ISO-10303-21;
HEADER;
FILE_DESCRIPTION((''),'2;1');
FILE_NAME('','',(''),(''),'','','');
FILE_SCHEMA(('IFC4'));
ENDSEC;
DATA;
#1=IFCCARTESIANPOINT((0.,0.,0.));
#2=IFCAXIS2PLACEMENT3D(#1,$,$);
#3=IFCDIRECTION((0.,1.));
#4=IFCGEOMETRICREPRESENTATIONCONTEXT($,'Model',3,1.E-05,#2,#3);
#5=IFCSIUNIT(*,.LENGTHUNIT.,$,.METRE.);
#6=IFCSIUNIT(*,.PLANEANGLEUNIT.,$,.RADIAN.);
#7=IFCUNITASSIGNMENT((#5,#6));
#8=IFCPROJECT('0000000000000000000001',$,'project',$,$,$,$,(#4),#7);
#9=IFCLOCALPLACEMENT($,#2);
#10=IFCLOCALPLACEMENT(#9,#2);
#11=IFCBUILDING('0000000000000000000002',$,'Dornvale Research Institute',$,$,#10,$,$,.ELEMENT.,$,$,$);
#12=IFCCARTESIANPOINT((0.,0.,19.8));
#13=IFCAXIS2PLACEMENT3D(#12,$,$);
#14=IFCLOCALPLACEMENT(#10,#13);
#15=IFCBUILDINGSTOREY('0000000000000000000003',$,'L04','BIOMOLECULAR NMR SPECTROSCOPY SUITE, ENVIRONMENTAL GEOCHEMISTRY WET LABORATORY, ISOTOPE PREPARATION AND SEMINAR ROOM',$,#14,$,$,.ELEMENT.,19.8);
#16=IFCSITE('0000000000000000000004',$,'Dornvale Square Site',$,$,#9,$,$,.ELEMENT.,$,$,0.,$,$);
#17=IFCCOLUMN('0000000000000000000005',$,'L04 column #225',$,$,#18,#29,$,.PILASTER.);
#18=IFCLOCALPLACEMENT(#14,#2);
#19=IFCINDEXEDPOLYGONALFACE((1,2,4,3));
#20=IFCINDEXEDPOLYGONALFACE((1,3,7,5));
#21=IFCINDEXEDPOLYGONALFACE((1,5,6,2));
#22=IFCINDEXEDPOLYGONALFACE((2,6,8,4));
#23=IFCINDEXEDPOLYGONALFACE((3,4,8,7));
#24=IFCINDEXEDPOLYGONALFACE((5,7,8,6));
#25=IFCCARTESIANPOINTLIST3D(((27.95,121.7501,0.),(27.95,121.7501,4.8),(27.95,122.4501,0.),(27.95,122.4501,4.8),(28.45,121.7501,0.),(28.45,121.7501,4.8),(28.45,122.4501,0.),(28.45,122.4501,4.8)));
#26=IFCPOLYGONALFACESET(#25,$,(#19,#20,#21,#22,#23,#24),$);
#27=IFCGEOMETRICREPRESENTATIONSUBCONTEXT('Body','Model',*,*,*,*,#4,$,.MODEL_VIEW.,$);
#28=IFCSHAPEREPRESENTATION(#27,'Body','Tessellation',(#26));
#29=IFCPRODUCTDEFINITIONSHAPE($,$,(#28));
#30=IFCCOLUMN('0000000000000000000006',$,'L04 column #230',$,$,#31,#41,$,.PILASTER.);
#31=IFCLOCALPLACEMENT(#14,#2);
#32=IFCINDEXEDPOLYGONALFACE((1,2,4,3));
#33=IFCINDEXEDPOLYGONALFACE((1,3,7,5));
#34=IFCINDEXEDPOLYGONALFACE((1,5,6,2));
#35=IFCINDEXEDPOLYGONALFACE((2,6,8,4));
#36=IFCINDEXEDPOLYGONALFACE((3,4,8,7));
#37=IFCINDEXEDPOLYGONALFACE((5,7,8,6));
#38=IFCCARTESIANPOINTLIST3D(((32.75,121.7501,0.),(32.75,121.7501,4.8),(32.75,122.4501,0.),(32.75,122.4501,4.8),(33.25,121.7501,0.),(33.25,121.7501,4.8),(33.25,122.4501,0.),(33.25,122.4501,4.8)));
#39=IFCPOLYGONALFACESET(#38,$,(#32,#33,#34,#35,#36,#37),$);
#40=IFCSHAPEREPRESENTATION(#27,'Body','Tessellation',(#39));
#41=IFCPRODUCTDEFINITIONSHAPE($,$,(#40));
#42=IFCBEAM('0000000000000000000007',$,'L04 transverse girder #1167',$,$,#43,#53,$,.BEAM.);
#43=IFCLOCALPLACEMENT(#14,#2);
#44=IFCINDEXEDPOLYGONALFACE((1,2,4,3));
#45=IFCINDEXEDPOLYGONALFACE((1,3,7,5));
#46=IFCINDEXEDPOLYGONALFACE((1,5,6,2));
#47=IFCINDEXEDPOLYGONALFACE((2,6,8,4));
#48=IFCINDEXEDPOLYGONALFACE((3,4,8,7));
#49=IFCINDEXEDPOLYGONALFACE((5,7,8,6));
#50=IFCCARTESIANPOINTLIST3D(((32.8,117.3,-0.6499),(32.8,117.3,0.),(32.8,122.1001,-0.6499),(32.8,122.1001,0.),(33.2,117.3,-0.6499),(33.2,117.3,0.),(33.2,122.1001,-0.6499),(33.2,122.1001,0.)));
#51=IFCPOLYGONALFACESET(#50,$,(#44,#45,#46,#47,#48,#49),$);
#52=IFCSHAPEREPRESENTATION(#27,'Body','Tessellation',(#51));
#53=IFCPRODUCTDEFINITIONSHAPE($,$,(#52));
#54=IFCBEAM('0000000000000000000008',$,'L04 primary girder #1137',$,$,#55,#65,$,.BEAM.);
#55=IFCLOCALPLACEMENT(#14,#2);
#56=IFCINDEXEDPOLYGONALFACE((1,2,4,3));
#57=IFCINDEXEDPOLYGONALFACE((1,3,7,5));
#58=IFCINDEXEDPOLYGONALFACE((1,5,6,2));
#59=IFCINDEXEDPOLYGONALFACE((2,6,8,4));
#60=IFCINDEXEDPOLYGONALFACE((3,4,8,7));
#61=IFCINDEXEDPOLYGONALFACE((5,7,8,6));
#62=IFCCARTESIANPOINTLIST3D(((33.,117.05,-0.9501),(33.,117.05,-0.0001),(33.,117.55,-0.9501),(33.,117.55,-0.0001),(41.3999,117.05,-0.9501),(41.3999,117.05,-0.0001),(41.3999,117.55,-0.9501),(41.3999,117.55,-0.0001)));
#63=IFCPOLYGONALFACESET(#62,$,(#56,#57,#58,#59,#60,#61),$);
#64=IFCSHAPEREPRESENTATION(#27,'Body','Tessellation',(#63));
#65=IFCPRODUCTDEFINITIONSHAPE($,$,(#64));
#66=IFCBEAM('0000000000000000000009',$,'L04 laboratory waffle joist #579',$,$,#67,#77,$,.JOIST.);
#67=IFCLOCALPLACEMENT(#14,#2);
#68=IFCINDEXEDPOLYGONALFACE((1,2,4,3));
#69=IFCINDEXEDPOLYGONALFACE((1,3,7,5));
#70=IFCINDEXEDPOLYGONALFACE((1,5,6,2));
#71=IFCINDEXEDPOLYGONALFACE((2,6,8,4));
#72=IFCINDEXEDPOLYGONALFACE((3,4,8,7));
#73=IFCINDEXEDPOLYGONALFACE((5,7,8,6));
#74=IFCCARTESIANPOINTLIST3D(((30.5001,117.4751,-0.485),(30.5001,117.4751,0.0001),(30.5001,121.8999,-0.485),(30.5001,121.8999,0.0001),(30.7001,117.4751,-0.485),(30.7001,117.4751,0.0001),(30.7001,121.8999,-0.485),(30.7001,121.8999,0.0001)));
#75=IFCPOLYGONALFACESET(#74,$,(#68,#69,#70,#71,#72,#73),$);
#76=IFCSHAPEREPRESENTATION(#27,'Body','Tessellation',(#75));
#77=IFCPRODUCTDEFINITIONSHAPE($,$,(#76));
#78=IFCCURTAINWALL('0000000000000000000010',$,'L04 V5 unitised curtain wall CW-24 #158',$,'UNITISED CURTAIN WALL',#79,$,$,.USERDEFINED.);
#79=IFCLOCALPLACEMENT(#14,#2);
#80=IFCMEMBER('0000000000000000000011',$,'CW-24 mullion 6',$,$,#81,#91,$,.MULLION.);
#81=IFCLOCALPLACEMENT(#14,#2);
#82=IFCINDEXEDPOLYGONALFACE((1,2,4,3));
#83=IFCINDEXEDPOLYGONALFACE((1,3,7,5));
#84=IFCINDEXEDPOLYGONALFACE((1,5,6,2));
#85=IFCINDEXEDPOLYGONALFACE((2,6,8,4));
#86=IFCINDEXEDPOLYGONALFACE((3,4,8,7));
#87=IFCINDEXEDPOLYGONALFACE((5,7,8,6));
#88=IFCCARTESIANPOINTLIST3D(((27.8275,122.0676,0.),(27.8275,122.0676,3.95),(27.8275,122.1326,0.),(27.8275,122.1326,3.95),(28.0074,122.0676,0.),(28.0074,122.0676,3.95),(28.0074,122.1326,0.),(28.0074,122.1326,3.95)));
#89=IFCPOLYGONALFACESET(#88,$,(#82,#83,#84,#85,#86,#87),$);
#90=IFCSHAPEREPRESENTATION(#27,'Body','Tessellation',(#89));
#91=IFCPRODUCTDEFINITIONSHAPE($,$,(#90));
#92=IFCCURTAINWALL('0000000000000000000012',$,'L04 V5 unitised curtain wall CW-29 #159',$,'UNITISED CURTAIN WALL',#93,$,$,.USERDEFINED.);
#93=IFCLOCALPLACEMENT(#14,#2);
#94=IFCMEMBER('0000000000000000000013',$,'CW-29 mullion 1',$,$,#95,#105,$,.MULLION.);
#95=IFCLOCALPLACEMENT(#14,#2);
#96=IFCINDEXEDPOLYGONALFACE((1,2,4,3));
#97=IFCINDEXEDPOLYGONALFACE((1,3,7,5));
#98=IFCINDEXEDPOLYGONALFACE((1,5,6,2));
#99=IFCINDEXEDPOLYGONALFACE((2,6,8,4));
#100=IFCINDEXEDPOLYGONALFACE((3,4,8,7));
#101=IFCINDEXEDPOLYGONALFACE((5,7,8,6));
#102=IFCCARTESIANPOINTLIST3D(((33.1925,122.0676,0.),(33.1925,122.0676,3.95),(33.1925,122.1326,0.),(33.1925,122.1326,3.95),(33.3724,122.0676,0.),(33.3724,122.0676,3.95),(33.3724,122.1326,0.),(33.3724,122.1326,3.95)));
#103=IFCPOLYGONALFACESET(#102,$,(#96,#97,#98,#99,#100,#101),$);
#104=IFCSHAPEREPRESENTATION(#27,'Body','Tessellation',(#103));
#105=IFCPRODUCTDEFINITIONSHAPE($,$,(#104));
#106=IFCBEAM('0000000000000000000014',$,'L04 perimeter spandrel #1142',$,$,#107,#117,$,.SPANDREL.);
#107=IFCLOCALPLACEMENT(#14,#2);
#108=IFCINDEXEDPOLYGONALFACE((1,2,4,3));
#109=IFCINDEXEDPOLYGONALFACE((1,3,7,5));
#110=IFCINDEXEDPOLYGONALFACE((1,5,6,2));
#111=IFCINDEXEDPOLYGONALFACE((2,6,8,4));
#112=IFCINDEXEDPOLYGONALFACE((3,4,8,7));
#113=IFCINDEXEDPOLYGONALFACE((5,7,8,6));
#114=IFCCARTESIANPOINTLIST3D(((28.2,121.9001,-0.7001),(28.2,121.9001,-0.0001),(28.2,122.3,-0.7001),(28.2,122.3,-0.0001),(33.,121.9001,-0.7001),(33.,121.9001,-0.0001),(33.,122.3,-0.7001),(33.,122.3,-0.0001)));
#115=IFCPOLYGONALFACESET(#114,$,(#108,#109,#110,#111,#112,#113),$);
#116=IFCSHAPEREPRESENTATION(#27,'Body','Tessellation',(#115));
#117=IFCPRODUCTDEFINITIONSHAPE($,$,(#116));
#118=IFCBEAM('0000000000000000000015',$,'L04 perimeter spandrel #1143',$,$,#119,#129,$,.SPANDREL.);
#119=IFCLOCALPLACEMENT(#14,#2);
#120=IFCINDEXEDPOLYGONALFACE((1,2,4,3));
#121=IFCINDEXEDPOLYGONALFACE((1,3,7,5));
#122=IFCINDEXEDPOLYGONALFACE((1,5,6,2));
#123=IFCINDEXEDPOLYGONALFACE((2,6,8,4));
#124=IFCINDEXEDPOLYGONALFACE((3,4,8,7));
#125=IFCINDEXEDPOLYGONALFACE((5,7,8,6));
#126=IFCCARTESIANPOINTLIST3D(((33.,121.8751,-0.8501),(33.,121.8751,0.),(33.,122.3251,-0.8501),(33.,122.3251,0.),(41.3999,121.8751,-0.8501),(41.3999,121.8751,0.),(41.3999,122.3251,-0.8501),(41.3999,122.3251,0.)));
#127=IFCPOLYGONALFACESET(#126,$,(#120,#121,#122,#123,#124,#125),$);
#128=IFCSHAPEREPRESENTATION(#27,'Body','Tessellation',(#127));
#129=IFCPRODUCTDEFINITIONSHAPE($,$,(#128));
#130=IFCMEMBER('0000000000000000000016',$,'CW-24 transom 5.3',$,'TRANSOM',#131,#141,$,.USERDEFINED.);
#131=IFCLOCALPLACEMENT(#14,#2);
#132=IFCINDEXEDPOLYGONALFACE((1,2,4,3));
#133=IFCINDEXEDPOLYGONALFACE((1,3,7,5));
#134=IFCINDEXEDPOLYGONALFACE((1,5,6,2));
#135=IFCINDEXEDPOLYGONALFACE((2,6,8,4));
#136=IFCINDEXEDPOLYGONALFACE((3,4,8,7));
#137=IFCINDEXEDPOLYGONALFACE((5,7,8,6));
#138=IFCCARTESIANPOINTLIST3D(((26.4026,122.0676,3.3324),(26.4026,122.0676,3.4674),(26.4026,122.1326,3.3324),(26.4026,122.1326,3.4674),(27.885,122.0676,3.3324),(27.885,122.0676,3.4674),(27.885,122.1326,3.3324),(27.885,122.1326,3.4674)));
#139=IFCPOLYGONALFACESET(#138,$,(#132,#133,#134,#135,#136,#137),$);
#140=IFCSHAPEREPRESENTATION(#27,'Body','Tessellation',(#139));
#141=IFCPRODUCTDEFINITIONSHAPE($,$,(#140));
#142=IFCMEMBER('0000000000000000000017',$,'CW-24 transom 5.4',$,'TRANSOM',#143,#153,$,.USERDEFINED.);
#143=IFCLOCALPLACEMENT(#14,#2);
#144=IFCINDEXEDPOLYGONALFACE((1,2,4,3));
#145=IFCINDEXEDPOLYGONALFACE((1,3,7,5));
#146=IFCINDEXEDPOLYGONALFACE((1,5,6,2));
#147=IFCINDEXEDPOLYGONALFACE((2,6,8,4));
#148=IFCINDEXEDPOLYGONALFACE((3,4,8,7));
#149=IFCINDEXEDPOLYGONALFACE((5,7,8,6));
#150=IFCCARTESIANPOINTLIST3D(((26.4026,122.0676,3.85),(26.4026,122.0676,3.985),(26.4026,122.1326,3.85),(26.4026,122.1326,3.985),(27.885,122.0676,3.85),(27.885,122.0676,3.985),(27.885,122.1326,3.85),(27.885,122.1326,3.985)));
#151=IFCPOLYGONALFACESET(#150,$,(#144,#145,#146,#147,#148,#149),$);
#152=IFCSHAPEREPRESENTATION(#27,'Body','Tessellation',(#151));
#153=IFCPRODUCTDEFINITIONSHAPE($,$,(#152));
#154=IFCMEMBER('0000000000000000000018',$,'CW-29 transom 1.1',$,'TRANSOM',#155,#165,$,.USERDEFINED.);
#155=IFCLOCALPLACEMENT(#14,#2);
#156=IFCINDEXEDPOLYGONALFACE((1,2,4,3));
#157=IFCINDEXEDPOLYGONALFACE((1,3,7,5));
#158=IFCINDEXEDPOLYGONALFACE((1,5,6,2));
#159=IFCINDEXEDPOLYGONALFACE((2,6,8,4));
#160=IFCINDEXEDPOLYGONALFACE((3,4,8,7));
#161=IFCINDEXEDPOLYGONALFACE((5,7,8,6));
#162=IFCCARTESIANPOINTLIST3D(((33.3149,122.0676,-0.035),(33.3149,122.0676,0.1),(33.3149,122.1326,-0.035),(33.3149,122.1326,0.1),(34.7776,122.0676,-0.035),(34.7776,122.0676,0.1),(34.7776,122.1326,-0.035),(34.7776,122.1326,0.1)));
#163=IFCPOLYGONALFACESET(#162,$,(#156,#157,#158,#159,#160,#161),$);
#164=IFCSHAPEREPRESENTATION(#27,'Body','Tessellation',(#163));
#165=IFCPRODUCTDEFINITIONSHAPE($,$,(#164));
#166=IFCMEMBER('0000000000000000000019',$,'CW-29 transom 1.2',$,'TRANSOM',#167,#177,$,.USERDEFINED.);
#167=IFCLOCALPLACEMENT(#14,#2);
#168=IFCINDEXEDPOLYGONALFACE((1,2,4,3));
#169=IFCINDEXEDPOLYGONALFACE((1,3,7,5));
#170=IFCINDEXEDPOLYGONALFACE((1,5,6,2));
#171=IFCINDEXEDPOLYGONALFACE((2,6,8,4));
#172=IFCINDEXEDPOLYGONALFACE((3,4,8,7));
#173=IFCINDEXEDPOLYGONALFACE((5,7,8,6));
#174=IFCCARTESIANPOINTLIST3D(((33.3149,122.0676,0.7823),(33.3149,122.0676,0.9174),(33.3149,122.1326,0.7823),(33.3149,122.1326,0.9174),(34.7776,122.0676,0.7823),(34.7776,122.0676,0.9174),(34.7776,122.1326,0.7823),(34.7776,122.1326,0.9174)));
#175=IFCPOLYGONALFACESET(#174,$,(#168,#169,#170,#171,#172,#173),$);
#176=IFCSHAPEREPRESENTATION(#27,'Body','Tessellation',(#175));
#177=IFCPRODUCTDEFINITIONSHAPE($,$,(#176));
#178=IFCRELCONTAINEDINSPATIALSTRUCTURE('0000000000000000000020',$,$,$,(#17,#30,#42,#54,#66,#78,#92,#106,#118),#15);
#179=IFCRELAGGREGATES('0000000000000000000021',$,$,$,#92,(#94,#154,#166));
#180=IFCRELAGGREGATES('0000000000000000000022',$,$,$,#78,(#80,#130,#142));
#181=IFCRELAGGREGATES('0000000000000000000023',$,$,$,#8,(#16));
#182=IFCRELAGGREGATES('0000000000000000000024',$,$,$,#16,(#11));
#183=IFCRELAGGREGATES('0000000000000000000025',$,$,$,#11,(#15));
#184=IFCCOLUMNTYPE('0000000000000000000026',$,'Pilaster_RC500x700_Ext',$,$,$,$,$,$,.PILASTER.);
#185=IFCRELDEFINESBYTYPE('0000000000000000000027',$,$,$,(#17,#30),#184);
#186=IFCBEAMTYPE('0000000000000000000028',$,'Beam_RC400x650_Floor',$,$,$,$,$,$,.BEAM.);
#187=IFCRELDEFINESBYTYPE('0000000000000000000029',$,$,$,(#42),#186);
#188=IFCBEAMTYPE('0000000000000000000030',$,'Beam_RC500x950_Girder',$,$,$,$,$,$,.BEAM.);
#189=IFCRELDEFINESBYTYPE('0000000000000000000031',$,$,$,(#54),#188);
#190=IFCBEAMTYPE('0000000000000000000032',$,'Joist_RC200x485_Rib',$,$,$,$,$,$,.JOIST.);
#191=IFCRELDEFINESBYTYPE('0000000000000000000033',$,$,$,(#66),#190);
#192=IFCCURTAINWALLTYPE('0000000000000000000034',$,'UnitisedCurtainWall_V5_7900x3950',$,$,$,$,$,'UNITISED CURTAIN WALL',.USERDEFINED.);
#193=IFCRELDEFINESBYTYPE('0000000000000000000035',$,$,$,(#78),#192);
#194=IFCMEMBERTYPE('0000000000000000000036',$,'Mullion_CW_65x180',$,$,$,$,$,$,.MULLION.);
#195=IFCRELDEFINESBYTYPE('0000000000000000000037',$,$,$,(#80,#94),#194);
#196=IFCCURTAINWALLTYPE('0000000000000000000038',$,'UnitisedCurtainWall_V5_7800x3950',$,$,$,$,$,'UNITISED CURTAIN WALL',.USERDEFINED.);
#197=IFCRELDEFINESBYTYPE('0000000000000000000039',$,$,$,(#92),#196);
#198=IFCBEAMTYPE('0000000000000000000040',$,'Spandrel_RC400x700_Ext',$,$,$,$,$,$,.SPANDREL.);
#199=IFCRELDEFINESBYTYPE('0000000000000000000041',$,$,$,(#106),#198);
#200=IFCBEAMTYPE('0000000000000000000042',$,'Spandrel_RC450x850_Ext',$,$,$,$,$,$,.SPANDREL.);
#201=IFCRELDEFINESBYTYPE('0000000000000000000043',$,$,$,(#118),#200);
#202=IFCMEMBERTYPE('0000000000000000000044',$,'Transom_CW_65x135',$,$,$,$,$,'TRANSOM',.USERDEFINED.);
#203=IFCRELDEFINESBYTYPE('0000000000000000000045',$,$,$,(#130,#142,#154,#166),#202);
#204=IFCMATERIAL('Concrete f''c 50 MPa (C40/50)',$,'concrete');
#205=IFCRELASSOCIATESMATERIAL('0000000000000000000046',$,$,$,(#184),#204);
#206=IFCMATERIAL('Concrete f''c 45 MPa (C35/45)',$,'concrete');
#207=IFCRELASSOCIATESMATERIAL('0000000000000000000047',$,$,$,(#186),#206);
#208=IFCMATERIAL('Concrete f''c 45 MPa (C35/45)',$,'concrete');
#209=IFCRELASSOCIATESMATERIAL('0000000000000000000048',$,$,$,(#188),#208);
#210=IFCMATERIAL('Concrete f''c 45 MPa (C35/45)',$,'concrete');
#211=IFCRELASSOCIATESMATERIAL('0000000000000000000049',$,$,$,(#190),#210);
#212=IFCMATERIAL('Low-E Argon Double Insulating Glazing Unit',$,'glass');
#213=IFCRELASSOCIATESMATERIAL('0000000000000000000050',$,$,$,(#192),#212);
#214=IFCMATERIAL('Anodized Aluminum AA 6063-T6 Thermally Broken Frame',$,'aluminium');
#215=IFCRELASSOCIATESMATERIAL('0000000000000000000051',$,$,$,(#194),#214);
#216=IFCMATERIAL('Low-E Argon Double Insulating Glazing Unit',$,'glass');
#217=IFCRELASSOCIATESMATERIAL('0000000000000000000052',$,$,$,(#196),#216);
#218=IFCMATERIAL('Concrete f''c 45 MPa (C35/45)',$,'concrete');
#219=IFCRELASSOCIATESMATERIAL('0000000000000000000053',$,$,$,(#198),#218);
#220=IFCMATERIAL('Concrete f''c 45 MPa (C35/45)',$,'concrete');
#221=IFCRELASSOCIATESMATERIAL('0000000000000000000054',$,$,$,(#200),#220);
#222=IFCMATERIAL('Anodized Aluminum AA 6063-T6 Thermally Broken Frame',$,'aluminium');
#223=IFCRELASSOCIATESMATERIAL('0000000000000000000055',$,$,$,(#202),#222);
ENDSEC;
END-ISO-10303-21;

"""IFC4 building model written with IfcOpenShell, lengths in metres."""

from ifc_helpers import new_model, si_unit, direction, frame, origin, origin_2d, place, context, subcontext, project, spatial, rectangle, extrude, material, material_profile, profile_set, type_object, element, aggregate, save


model = new_model("IFC4")

# Units and contexts
model_context = context("Model", 3, precision=1e-05, world=origin(), true_north=direction((0.0, 1.0)))
body_context = subcontext(model_context, "Body", "Model", "MODEL_VIEW")
ifc_project = project(units=[si_unit("LENGTHUNIT", "METRE"), si_unit("PLANEANGLEUNIT", "RADIAN")], contexts=[model_context])

# Site, building, storey
site_placement = place(None, origin())
site = spatial("IfcSite", under=ifc_project, at=site_placement, Name="Dornvale Square Site", CompositionType="ELEMENT", RefElevation=0.0)
building_placement = place(site_placement, origin())
building = spatial("IfcBuilding", under=site, at=building_placement, Name="Dornvale Research Institute", CompositionType="ELEMENT")
storey_placement = place(building_placement, frame((0.0, 0.0, 19.8)))
storey = spatial("IfcBuildingStorey", under=building, at=storey_placement, Name="L04", Description="BIOMOLECULAR NMR SPECTROSCOPY SUITE, ENVIRONMENTAL GEOCHEMISTRY WET LABORATORY, ISOTOPE PREPARATION AND SEMINAR ROOM", CompositionType="ELEMENT", Elevation=19.8)

# Columns
ifc_material_1 = material(Name="Concrete f'c 50 MPa (C40/50)", Category="concrete")
ifc_material_profile_1 = material_profile(ifc_material_1, rectangle(XDim=0.5, YDim=0.7, at=origin_2d()), Name="RC 500x700")
ifc_profile_set_1 = profile_set([ifc_material_profile_1], Name="Concrete f'c 50 MPa (C40/50)")
column_type = type_object("IfcColumnType", Name="Pilaster_RC500x700_Ext", PredefinedType="PILASTER", material=ifc_profile_set_1)
for number, where, z_axis, x_axis, name in (
    (1, (28.2, 122.1001, 0.0), (0.0, 0.0, 1.0), (1.0, 0.0, 0.0), "L04 column #225"),
    (2, (33.0, 122.1001, 0.0), (0.0, 0.0, 1.0), (1.0, 0.0, 0.0), "L04 column #230"),
):
    element("IfcColumn", number, at=place(storey_placement, frame(where, z_axis=z_axis, x_axis=x_axis)), inside=storey, type_object=column_type, Name=name, PredefinedType="PILASTER", context=body_context, shape_type="SweptSolid", body=[
        extrude(rectangle(XDim=0.5, YDim=0.7, at=origin_2d()), origin(), (0.0, 0.0, 1.0), 4.8),
    ])

# Beams
ifc_material_2 = material(Name="Concrete f'c 45 MPa (C35/45)", Category="concrete")
ifc_material_profile_2 = material_profile(ifc_material_2, rectangle(XDim=0.3999, YDim=0.6499, at=origin_2d()), Name="RC 400x650")
ifc_profile_set_2 = profile_set([ifc_material_profile_2], Name="Concrete f'c 45 MPa (C35/45)")
beam_type_1 = type_object("IfcBeamType", Name="Beam_RC400x650_Floor", PredefinedType="BEAM", material=ifc_profile_set_2)
beam_1_placement = place(storey_placement, frame((33.0, 117.3, -0.325), z_axis=(0.0, 1.0, 0.0), x_axis=(-1.0, 0.0, 0.0)))
element("IfcBeam", 3, at=beam_1_placement, inside=storey, type_object=beam_type_1, Name="L04 transverse girder #1167", PredefinedType="BEAM", context=body_context, shape_type="SweptSolid", body=[
    extrude(rectangle(XDim=0.3999, YDim=0.6499, at=origin_2d()), origin(), (0.0, 0.0, 1.0), 4.8),
])
ifc_material_3 = material(Name="Concrete f'c 45 MPa (C35/45)", Category="concrete")
ifc_material_profile_3 = material_profile(ifc_material_3, rectangle(XDim=0.5, YDim=0.95, at=origin_2d()), Name="RC 500x950")
ifc_profile_set_3 = profile_set([ifc_material_profile_3], Name="Concrete f'c 45 MPa (C35/45)")
beam_type_2 = type_object("IfcBeamType", Name="Beam_RC500x950_Girder", PredefinedType="BEAM", material=ifc_profile_set_3)
beam_2_placement = place(storey_placement, frame((33.0, 117.3, -0.4751), z_axis=(1.0, 0.0, 0.0), x_axis=(0.0, 1.0, 0.0)))
element("IfcBeam", 4, at=beam_2_placement, inside=storey, type_object=beam_type_2, Name="L04 primary girder #1137", PredefinedType="BEAM", context=body_context, shape_type="SweptSolid", body=[
    extrude(rectangle(XDim=0.5, YDim=0.95, at=origin_2d()), origin(), (0.0, 0.0, 1.0), 8.3999),
])
ifc_material_4 = material(Name="Concrete f'c 45 MPa (C35/45)", Category="concrete")
ifc_material_profile_4 = material_profile(ifc_material_4, rectangle(XDim=0.2, YDim=0.4851, at=origin_2d()), Name="RC 200x485")
ifc_profile_set_4 = profile_set([ifc_material_profile_4], Name="Concrete f'c 45 MPa (C35/45)")
beam_type_3 = type_object("IfcBeamType", Name="Joist_RC200x485_Rib", PredefinedType="JOIST", material=ifc_profile_set_4)
beam_3_placement = place(storey_placement, frame((30.6001, 117.4751, -0.2424), z_axis=(0.0, 1.0, 0.0), x_axis=(-1.0, 0.0, 0.0)))
element("IfcBeam", 5, at=beam_3_placement, inside=storey, type_object=beam_type_3, Name="L04 laboratory waffle joist #579", PredefinedType="JOIST", context=body_context, shape_type="SweptSolid", body=[
    extrude(rectangle(XDim=0.2, YDim=0.4851, at=origin_2d()), origin(), (0.0, 0.0, 1.0), 4.4248),
])

# Curtain walls, members
ifc_material_5 = material(Name="Low-E Argon Double Insulating Glazing Unit", Category="glass")
curtain_wall_type_1 = type_object("IfcCurtainWallType", Name="UnitisedCurtainWall_V5_7900x3950", ElementType="UNITISED CURTAIN WALL", PredefinedType="USERDEFINED", material=ifc_material_5)
curtain_wall_1_placement = place(storey_placement, origin())
curtain_wall_1 = element("IfcCurtainWall", 6, at=curtain_wall_1_placement, inside=storey, type_object=curtain_wall_type_1, Name="L04 V5 unitised curtain wall CW-24 #158", ObjectType="UNITISED CURTAIN WALL", PredefinedType="USERDEFINED")
ifc_material_6 = material(Name="Anodized Aluminum AA 6063-T6 Thermally Broken Frame", Category="aluminium")
ifc_material_profile_5 = material_profile(ifc_material_6, rectangle(XDim=0.0649, YDim=0.1799, at=origin_2d()), Name="ALU MULLION 65x180")
ifc_profile_set_5 = profile_set([ifc_material_profile_5], Name="Anodized Aluminum AA 6063-T6 Thermally Broken Frame")
member_type_1 = type_object("IfcMemberType", Name="Mullion_CW_65x180", PredefinedType="MULLION", material=ifc_profile_set_5)
member_1_placement = place(storey_placement, frame((27.9175, 122.1001, 0.0), z_axis=(0.0, 0.0, 1.0), x_axis=(0.0, 1.0, 0.0)))
member_1 = element("IfcMember", 7, at=member_1_placement, type_object=member_type_1, Name="CW-24 mullion 6", PredefinedType="MULLION", context=body_context, shape_type="SweptSolid", body=[
    extrude(rectangle(XDim=0.0649, YDim=0.1799, at=origin_2d()), origin(), (0.0, 0.0, 1.0), 3.95),
])
ifc_material_7 = material(Name="Low-E Argon Double Insulating Glazing Unit", Category="glass")
curtain_wall_type_2 = type_object("IfcCurtainWallType", Name="UnitisedCurtainWall_V5_7800x3950", ElementType="UNITISED CURTAIN WALL", PredefinedType="USERDEFINED", material=ifc_material_7)
curtain_wall_2_placement = place(storey_placement, origin())
curtain_wall_2 = element("IfcCurtainWall", 8, at=curtain_wall_2_placement, inside=storey, type_object=curtain_wall_type_2, Name="L04 V5 unitised curtain wall CW-29 #159", ObjectType="UNITISED CURTAIN WALL", PredefinedType="USERDEFINED")
member_2_placement = place(storey_placement, frame((33.2825, 122.1001, 0.0), z_axis=(0.0, 0.0, 1.0), x_axis=(0.0, 1.0, 0.0)))
member_2 = element("IfcMember", 9, at=member_2_placement, type_object=member_type_1, Name="CW-29 mullion 1", PredefinedType="MULLION", context=body_context, shape_type="SweptSolid", body=[
    extrude(rectangle(XDim=0.0649, YDim=0.1799, at=origin_2d()), origin(), (0.0, 0.0, 1.0), 3.95),
])

# Beams
ifc_material_8 = material(Name="Concrete f'c 45 MPa (C35/45)", Category="concrete")
ifc_material_profile_6 = material_profile(ifc_material_8, rectangle(XDim=0.3999, YDim=0.7, at=origin_2d()), Name="RC 400x700")
ifc_profile_set_6 = profile_set([ifc_material_profile_6], Name="Concrete f'c 45 MPa (C35/45)")
beam_type_4 = type_object("IfcBeamType", Name="Spandrel_RC400x700_Ext", PredefinedType="SPANDREL", material=ifc_profile_set_6)
beam_4_placement = place(storey_placement, frame((28.2, 122.1001, -0.3501), z_axis=(1.0, 0.0, 0.0), x_axis=(0.0, 1.0, 0.0)))
element("IfcBeam", 10, at=beam_4_placement, inside=storey, type_object=beam_type_4, Name="L04 perimeter spandrel #1142", PredefinedType="SPANDREL", context=body_context, shape_type="SweptSolid", body=[
    extrude(rectangle(XDim=0.3999, YDim=0.7, at=origin_2d()), origin(), (0.0, 0.0, 1.0), 4.8),
])
ifc_material_9 = material(Name="Concrete f'c 45 MPa (C35/45)", Category="concrete")
ifc_material_profile_7 = material_profile(ifc_material_9, rectangle(XDim=0.45, YDim=0.8501, at=origin_2d()), Name="RC 450x850")
ifc_profile_set_7 = profile_set([ifc_material_profile_7], Name="Concrete f'c 45 MPa (C35/45)")
beam_type_5 = type_object("IfcBeamType", Name="Spandrel_RC450x850_Ext", PredefinedType="SPANDREL", material=ifc_profile_set_7)
beam_5_placement = place(storey_placement, frame((33.0, 122.1001, -0.425), z_axis=(1.0, 0.0, 0.0), x_axis=(0.0, 1.0, 0.0)))
element("IfcBeam", 11, at=beam_5_placement, inside=storey, type_object=beam_type_5, Name="L04 perimeter spandrel #1143", PredefinedType="SPANDREL", context=body_context, shape_type="SweptSolid", body=[
    extrude(rectangle(XDim=0.45, YDim=0.8501, at=origin_2d()), origin(), (0.0, 0.0, 1.0), 8.3999),
])

# Members
ifc_material_10 = material(Name="Anodized Aluminum AA 6063-T6 Thermally Broken Frame", Category="aluminium")
ifc_material_profile_8 = material_profile(ifc_material_10, rectangle(XDim=0.0649, YDim=0.135, at=origin_2d()), Name="ALU TRANSOM 65x135")
ifc_profile_set_8 = profile_set([ifc_material_profile_8], Name="Anodized Aluminum AA 6063-T6 Thermally Broken Frame")
member_type_2 = type_object("IfcMemberType", Name="Transom_CW_65x135", ElementType="TRANSOM", PredefinedType="USERDEFINED", material=ifc_profile_set_8)
member_3_placement = place(storey_placement, frame((26.4026, 122.1001, 3.3999), z_axis=(1.0, 0.0, 0.0), x_axis=(0.0, 1.0, 0.0)))
member_3 = element("IfcMember", 12, at=member_3_placement, type_object=member_type_2, Name="CW-24 transom 5.3", ObjectType="TRANSOM", PredefinedType="USERDEFINED", context=body_context, shape_type="SweptSolid", body=[
    extrude(rectangle(XDim=0.0649, YDim=0.135, at=origin_2d()), origin(), (0.0, 0.0, 1.0), 1.4824),
])
member_4_placement = place(storey_placement, frame((26.4026, 122.1001, 3.9175), z_axis=(1.0, 0.0, 0.0), x_axis=(0.0, 1.0, 0.0)))
member_4 = element("IfcMember", 13, at=member_4_placement, type_object=member_type_2, Name="CW-24 transom 5.4", ObjectType="TRANSOM", PredefinedType="USERDEFINED", context=body_context, shape_type="SweptSolid", body=[
    extrude(rectangle(XDim=0.0649, YDim=0.135, at=origin_2d()), origin(), (0.0, 0.0, 1.0), 1.4824),
])
member_5_placement = place(storey_placement, frame((33.3149, 122.1001, 0.0325), z_axis=(1.0, 0.0, 0.0), x_axis=(0.0, 1.0, 0.0)))
member_5 = element("IfcMember", 14, at=member_5_placement, type_object=member_type_2, Name="CW-29 transom 1.1", ObjectType="TRANSOM", PredefinedType="USERDEFINED", context=body_context, shape_type="SweptSolid", body=[
    extrude(rectangle(XDim=0.0649, YDim=0.135, at=origin_2d()), origin(), (0.0, 0.0, 1.0), 1.4626),
])
member_6_placement = place(storey_placement, frame((33.3149, 122.1001, 0.8499), z_axis=(1.0, 0.0, 0.0), x_axis=(0.0, 1.0, 0.0)))
member_6 = element("IfcMember", 15, at=member_6_placement, type_object=member_type_2, Name="CW-29 transom 1.2", ObjectType="TRANSOM", PredefinedType="USERDEFINED", context=body_context, shape_type="SweptSolid", body=[
    extrude(rectangle(XDim=0.0649, YDim=0.135, at=origin_2d()), origin(), (0.0, 0.0, 1.0), 1.4626),
])
aggregate(curtain_wall_2, [member_2, member_5, member_6])

aggregate(curtain_wall_1, [member_1, member_3, member_4])

save(model, "model.ifc")
